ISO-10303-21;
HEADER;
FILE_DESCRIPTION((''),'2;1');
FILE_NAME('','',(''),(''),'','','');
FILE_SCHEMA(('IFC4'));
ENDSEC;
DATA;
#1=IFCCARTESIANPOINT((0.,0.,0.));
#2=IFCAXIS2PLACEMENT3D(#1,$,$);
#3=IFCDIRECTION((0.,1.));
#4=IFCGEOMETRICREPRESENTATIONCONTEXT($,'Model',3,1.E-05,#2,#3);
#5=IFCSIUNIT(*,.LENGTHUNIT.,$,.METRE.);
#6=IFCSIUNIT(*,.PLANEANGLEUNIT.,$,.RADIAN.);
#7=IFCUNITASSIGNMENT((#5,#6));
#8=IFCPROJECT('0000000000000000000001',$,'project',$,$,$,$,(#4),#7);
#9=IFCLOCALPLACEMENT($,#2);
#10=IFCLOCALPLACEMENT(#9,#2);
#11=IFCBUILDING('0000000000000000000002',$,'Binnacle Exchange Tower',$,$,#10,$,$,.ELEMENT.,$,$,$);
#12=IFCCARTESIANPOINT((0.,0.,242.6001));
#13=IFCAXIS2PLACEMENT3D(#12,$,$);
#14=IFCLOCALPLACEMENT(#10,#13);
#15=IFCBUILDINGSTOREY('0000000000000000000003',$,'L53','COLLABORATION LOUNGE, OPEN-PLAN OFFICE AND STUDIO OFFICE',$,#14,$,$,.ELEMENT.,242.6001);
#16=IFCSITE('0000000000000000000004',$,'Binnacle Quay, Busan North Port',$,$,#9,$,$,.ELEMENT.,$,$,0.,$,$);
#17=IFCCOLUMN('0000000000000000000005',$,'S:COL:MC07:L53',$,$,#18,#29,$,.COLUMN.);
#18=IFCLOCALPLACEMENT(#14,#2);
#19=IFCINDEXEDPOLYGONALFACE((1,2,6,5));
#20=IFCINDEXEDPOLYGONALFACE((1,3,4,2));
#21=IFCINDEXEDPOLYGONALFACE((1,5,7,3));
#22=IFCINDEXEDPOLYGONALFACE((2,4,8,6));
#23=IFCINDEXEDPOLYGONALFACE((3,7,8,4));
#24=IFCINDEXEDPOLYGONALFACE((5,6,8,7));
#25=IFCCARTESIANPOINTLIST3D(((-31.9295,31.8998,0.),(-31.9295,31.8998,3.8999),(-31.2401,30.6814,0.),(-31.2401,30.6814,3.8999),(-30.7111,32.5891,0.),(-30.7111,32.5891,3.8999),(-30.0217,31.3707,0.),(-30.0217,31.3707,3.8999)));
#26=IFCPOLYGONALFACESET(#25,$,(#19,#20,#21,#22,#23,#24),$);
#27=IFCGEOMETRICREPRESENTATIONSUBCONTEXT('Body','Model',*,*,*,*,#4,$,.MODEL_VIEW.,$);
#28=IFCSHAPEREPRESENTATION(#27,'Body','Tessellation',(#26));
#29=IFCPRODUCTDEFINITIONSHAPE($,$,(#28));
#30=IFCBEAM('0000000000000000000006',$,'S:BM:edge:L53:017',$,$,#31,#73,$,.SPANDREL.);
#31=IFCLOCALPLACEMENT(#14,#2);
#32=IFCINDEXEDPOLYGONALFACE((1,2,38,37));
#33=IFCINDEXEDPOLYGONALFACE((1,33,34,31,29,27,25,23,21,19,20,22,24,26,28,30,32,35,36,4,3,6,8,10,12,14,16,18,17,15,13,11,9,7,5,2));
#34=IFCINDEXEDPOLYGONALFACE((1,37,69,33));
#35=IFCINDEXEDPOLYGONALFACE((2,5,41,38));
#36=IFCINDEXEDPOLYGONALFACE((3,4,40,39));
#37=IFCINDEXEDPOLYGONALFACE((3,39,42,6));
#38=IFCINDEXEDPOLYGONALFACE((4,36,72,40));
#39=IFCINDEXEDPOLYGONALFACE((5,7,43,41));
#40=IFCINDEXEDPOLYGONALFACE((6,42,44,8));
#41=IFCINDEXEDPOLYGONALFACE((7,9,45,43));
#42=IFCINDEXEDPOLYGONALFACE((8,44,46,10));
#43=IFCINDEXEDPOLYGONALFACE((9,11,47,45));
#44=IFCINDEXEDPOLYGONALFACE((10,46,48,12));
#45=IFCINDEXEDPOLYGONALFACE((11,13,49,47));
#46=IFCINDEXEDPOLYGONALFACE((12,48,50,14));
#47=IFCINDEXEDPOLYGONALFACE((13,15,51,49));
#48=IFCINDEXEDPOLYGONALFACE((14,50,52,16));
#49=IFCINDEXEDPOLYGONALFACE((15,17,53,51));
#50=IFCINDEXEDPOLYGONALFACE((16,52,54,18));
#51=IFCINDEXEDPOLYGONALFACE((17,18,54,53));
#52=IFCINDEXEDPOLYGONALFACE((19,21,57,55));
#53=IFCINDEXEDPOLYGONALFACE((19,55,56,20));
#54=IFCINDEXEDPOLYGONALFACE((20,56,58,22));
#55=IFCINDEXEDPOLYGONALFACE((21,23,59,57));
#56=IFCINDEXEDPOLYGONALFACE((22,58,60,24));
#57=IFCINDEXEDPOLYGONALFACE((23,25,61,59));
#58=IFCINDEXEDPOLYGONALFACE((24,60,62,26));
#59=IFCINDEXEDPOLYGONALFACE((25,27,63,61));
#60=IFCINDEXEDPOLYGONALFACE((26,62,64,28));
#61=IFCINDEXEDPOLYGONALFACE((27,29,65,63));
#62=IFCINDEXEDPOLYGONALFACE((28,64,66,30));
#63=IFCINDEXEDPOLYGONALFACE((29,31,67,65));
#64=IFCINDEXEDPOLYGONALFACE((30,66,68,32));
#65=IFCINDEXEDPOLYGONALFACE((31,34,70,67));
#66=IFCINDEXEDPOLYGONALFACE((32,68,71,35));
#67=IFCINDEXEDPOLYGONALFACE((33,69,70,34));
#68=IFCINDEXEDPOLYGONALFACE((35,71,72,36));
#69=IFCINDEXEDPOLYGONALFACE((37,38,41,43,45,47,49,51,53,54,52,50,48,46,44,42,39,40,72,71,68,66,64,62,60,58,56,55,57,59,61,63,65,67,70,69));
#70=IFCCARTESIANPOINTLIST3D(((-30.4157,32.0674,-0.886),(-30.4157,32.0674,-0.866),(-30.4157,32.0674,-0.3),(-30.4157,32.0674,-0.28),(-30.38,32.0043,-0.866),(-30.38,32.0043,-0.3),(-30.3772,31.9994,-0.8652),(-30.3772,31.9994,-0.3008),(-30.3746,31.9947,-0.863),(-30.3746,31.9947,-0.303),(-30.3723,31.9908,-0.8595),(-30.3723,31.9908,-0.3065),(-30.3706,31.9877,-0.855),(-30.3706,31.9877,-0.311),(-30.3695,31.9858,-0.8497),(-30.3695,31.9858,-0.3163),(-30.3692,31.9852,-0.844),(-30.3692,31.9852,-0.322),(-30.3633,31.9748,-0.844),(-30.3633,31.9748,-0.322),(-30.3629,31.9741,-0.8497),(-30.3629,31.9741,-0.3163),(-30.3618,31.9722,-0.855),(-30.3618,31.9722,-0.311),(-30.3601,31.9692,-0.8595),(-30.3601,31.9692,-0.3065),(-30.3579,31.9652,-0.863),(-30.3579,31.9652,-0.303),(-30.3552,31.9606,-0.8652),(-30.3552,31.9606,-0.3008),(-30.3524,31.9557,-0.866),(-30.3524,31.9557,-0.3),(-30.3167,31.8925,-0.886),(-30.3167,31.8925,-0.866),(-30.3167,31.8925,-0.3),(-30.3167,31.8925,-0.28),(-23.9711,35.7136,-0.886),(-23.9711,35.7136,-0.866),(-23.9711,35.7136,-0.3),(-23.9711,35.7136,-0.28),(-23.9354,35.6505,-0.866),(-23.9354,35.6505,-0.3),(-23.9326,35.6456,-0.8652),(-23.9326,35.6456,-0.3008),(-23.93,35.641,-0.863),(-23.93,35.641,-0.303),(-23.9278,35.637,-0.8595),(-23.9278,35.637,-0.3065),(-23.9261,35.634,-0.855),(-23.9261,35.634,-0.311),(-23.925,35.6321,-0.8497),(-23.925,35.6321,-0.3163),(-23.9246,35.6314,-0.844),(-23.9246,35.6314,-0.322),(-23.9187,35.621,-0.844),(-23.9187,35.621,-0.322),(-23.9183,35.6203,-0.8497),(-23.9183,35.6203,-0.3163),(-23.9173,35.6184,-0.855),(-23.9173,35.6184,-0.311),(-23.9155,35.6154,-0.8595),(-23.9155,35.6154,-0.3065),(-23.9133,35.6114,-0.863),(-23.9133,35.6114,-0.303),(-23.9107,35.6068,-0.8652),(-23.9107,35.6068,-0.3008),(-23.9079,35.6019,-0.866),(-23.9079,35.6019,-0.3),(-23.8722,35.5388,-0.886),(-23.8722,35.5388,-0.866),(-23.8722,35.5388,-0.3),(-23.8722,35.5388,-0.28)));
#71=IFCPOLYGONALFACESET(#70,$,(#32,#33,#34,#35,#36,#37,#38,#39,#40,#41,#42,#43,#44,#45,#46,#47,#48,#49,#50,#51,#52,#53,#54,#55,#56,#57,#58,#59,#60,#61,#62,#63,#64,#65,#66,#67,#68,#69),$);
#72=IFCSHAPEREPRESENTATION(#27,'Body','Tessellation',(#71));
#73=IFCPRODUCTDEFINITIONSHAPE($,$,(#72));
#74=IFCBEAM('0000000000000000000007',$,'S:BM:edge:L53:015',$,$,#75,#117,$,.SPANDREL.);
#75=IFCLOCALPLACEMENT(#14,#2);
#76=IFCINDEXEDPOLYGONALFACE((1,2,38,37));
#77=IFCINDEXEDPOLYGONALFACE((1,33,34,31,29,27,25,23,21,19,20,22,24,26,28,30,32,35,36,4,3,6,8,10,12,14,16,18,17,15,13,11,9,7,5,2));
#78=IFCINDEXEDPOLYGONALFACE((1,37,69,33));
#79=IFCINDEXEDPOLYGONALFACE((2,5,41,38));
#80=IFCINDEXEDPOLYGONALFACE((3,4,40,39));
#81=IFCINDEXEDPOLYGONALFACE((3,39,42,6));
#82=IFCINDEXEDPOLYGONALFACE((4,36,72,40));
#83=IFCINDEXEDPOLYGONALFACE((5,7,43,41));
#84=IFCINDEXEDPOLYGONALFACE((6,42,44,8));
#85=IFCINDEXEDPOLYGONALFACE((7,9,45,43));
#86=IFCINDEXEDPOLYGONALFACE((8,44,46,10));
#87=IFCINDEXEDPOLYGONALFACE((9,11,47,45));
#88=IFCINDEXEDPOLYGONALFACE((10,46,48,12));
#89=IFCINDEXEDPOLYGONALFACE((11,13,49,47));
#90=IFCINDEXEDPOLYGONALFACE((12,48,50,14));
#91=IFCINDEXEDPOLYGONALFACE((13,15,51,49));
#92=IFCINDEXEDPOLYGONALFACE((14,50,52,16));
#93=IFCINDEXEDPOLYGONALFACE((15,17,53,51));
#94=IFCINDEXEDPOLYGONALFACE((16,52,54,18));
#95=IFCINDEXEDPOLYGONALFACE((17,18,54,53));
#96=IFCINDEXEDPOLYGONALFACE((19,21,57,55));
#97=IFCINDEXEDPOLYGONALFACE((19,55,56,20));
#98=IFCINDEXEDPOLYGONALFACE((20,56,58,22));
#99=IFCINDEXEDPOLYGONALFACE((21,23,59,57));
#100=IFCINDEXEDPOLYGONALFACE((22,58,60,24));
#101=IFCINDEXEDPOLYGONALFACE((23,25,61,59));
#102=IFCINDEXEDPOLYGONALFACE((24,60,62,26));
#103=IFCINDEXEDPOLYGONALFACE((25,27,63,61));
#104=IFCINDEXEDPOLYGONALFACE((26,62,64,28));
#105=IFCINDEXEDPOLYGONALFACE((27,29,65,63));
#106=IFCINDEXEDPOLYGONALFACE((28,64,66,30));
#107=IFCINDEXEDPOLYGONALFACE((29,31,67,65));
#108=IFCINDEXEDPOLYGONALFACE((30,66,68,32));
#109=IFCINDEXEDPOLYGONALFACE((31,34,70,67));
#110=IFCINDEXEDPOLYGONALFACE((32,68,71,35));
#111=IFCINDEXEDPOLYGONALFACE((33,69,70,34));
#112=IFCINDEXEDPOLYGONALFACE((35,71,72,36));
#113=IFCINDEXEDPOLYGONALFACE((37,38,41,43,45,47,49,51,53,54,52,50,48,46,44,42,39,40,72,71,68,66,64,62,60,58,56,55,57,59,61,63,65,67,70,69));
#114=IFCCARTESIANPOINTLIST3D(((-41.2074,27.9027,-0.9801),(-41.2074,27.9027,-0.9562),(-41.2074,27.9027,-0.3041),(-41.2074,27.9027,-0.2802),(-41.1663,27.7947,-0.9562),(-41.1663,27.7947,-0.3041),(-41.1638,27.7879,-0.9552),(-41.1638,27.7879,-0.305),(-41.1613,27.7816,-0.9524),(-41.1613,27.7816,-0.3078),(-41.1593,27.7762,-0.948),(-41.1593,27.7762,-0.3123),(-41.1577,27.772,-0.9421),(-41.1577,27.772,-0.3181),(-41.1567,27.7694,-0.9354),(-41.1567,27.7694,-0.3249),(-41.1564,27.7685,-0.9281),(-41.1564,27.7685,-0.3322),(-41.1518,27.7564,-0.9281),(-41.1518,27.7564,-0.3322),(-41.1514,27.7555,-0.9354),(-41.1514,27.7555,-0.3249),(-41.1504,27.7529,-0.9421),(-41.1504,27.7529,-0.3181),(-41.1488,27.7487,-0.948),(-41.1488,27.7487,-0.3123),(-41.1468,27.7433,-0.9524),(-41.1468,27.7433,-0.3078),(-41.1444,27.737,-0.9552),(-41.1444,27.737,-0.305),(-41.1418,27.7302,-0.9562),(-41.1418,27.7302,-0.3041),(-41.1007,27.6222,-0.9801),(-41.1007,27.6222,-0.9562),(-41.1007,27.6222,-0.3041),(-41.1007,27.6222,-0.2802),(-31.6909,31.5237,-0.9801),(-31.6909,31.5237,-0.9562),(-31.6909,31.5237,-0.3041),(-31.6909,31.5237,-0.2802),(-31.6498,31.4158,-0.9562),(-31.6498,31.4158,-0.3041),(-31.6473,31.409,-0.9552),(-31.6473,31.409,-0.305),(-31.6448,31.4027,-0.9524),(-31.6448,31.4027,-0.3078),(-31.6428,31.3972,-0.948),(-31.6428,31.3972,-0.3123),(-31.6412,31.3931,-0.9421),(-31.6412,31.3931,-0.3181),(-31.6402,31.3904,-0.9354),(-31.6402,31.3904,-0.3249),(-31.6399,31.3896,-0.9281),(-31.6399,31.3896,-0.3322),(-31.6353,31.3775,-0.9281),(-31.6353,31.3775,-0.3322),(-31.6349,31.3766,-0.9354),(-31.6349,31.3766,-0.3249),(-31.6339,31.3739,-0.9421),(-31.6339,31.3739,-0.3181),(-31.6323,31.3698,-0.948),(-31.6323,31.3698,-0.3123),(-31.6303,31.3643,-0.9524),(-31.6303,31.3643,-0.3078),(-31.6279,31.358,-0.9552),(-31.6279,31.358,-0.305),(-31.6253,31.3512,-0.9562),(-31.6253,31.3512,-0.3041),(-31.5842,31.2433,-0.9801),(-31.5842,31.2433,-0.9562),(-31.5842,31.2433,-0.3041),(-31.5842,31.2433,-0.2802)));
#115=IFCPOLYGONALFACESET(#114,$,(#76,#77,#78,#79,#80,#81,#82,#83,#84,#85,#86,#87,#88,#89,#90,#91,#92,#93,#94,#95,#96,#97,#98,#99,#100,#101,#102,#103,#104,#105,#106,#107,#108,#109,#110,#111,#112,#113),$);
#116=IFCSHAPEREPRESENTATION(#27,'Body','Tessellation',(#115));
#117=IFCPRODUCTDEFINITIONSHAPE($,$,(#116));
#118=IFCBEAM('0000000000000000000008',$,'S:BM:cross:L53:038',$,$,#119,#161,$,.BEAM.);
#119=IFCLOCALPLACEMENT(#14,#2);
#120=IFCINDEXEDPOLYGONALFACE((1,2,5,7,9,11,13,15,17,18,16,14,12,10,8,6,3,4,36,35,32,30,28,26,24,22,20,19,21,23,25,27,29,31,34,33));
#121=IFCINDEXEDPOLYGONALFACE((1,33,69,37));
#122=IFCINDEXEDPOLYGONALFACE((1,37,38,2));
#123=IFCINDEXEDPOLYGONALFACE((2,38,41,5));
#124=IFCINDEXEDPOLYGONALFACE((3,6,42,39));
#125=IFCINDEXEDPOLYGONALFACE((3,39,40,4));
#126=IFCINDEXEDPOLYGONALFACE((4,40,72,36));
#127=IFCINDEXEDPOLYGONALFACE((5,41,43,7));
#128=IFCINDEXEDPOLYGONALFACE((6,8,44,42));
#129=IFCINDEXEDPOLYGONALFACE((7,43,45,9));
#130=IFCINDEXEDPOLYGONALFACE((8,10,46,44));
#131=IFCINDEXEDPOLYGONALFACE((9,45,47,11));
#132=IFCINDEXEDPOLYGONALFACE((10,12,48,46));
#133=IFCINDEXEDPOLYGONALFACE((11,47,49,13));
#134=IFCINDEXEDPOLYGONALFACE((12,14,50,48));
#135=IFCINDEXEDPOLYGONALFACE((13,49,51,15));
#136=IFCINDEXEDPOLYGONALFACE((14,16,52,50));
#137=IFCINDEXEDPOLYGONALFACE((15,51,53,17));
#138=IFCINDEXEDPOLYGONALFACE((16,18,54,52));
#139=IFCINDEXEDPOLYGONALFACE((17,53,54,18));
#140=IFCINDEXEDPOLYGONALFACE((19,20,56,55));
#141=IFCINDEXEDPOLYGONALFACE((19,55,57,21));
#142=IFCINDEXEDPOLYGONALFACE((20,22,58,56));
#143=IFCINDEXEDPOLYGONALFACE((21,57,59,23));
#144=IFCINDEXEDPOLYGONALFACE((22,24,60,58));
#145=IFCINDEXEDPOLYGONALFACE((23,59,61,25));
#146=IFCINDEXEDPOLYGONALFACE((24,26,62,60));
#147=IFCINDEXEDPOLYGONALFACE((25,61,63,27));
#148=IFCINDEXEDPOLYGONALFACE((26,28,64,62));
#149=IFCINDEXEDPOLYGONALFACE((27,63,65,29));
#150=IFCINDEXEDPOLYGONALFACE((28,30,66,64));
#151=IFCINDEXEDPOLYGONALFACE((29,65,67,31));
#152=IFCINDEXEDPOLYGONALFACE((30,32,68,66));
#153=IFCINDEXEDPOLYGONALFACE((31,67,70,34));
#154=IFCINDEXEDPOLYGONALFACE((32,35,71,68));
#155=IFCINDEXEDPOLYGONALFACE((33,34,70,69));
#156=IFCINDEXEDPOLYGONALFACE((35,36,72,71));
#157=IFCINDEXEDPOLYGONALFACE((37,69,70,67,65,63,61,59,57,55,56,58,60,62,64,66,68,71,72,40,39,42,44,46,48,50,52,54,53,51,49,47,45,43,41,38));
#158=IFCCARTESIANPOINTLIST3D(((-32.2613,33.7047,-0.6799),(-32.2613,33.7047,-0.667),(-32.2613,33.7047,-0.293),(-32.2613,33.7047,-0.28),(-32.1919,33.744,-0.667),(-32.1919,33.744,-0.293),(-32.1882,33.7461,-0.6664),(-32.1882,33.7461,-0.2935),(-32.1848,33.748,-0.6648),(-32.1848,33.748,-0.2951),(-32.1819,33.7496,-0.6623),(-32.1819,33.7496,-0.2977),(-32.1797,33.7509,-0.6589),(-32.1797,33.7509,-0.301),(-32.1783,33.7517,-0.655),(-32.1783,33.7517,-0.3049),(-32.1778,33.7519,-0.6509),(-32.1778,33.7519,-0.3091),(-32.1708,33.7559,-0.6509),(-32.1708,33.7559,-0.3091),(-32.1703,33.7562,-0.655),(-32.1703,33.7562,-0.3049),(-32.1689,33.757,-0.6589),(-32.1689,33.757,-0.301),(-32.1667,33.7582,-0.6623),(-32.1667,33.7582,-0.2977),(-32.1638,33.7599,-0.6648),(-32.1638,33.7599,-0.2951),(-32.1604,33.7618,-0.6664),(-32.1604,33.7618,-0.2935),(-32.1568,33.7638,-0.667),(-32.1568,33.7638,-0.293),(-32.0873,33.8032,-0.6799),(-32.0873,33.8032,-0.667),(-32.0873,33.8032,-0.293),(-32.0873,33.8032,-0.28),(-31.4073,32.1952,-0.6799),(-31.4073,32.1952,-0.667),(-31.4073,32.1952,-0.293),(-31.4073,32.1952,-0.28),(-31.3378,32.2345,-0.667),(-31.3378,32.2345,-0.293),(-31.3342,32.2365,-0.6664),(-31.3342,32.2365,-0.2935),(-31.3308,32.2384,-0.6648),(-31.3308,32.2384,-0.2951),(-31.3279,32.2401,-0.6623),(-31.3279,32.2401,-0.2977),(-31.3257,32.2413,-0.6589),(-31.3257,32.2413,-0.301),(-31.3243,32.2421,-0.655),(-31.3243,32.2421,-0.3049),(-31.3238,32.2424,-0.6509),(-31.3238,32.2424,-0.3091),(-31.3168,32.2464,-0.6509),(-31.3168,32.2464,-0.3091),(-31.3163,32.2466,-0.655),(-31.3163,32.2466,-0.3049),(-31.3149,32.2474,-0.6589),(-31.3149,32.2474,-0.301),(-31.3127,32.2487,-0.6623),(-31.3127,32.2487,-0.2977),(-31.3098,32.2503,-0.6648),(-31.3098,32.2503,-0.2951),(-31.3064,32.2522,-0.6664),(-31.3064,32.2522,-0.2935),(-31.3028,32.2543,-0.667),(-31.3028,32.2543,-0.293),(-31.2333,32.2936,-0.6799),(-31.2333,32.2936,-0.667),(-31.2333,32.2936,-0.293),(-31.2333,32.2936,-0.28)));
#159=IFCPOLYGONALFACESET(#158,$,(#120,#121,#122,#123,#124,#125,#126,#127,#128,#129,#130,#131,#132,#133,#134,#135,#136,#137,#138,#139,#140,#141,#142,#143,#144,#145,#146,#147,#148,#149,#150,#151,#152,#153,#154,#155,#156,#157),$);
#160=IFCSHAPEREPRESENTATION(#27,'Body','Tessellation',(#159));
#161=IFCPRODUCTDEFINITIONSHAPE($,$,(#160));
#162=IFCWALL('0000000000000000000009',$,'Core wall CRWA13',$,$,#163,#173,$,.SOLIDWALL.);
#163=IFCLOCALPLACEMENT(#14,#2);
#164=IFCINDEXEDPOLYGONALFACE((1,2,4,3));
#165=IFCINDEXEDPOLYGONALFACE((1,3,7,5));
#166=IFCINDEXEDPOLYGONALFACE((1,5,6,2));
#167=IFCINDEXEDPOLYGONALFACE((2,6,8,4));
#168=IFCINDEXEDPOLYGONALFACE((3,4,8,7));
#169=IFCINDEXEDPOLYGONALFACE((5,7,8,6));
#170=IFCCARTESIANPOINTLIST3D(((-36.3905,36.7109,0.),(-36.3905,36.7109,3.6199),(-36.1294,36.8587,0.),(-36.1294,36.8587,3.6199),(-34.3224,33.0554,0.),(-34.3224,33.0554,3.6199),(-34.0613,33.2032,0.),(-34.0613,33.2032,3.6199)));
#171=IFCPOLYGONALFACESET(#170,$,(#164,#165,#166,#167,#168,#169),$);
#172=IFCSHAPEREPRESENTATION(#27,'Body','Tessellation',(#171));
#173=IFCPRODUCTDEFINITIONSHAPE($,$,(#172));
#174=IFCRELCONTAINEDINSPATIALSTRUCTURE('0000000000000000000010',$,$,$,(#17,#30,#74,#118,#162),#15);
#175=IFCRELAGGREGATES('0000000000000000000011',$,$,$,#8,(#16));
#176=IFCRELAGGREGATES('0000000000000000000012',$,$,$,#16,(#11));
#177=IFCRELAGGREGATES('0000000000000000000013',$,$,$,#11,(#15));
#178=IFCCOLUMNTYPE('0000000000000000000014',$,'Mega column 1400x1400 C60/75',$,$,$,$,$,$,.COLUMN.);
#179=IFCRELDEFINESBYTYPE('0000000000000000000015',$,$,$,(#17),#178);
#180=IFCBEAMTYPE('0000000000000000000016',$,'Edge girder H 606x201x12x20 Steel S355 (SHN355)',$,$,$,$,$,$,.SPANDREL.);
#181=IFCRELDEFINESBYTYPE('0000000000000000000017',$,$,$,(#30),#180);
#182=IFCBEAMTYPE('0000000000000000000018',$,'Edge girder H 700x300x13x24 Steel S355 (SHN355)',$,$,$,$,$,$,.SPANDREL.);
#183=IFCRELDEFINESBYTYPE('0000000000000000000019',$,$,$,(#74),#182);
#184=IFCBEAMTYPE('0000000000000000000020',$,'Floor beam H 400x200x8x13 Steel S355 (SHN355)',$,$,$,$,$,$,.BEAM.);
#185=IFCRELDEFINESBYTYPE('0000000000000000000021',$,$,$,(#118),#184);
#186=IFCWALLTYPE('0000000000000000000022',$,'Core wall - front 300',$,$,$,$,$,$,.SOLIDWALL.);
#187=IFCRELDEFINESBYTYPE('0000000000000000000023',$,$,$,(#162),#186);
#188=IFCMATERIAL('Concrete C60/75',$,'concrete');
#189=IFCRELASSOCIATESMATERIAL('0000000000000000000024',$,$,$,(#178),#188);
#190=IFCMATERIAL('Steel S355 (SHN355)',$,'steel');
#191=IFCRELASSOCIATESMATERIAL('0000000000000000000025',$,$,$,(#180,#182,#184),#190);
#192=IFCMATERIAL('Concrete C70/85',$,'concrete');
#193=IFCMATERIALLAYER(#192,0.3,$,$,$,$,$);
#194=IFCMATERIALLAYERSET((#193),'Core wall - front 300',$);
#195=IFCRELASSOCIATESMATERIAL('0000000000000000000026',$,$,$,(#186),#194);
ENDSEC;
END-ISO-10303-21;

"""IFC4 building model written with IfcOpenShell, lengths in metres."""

from ifc_helpers import new_model, si_unit, direction, frame, frame_2d, origin, origin_2d, place, context, subcontext, project, spatial, rectangle, i_section, extrude, material, layer, layer_set, material_profile, profile_set, type_object, element, save


model = new_model("IFC4")

# Units and contexts
model_context = context("Model", 3, precision=1e-05, world=origin(), true_north=direction((0.0, 1.0)))
body_context = subcontext(model_context, "Body", "Model", "MODEL_VIEW")
ifc_project = project(units=[si_unit("LENGTHUNIT", "METRE"), si_unit("PLANEANGLEUNIT", "RADIAN")], contexts=[model_context])

# Site, building, storey
site_placement = place(None, origin())
site = spatial("IfcSite", under=ifc_project, at=site_placement, Name="Binnacle Quay, Busan North Port", CompositionType="ELEMENT", RefElevation=0.0)
building_placement = place(site_placement, origin())
building = spatial("IfcBuilding", under=site, at=building_placement, Name="Binnacle Exchange Tower", CompositionType="ELEMENT")
storey_placement = place(building_placement, frame((0.0, 0.0, 242.6001)))
storey = spatial("IfcBuildingStorey", under=building, at=storey_placement, Name="L53", Description="COLLABORATION LOUNGE, OPEN-PLAN OFFICE AND STUDIO OFFICE", CompositionType="ELEMENT", Elevation=242.6001)

# Column
ifc_material_1 = material(Name="Concrete C60/75", Category="concrete")
ifc_material_profile_1 = material_profile(ifc_material_1, rectangle(XDim=1.3999, YDim=1.3999, at=origin_2d()), Name="Mega column 1400x1400 C60/75")
ifc_profile_set_1 = profile_set([ifc_material_profile_1], Name="Concrete C60/75")
column_type = type_object("IfcColumnType", Name="Mega column 1400x1400 C60/75", PredefinedType="COLUMN", material=ifc_profile_set_1)
column_placement = place(storey_placement, frame((-30.9756, 31.6353, 0.0), z_axis=(0.0, 0.0, 1.0), x_axis=(0.870356, 0.492424, 0.0)))
element("IfcColumn", 1, at=column_placement, inside=storey, type_object=column_type, Name="S:COL:MC07:L53", PredefinedType="COLUMN", context=body_context, shape_type="SweptSolid", body=[
    extrude(rectangle(XDim=1.3999, YDim=1.3999, at=origin_2d()), origin(), (0.0, 0.0, 1.0), 3.8999),
])

# Beams
ifc_material_2 = material(Name="Steel S355 (SHN355)", Category="steel")
ifc_material_profile_2 = material_profile(ifc_material_2, i_section(OverallWidth=0.2009, OverallDepth=0.606, WebThickness=0.012, FlangeThickness=0.02, FilletRadius=0.022, at=origin_2d()), Name="H 606x201x12x20")
ifc_profile_set_2 = profile_set([ifc_material_profile_2], Name="Steel S355 (SHN355)")
beam_type_1 = type_object("IfcBeamType", Name="Edge girder H 606x201x12x20 Steel S355 (SHN355)", PredefinedType="SPANDREL", material=ifc_profile_set_2)
beam_1_placement = place(storey_placement, frame((-30.3662, 31.98, -0.583), z_axis=(0.870352, 0.492431, 0.0), x_axis=(-0.492431, 0.870352, 0.0)))
element("IfcBeam", 2, at=beam_1_placement, inside=storey, type_object=beam_type_1, Name="S:BM:edge:L53:017", PredefinedType="SPANDREL", context=body_context, shape_type="SweptSolid", body=[
    extrude(i_section(OverallWidth=0.2009, OverallDepth=0.606, WebThickness=0.012, FlangeThickness=0.02, FilletRadius=0.022, at=origin_2d()), origin(), (0.0, 0.0, 1.0), 7.4045),
])
ifc_material_profile_3 = material_profile(ifc_material_2, i_section(OverallWidth=0.3, OverallDepth=0.7, WebThickness=0.0129, FlangeThickness=0.0239, FilletRadius=0.0281, at=origin_2d()), Name="H 700x300x13x24")
ifc_profile_set_3 = profile_set([ifc_material_profile_3], Name="Steel S355 (SHN355)")
beam_type_2 = type_object("IfcBeamType", Name="Edge girder H 700x300x13x24 Steel S355 (SHN355)", PredefinedType="SPANDREL", material=ifc_profile_set_3)
beam_2_placement = place(storey_placement, frame((-41.1541, 27.7625, -0.6301), z_axis=(0.934627, 0.355628, 0.0), x_axis=(-0.355628, 0.934627, 0.0)))
element("IfcBeam", 3, at=beam_2_placement, inside=storey, type_object=beam_type_2, Name="S:BM:edge:L53:015", PredefinedType="SPANDREL", context=body_context, shape_type="SweptSolid", body=[
    extrude(i_section(OverallWidth=0.3, OverallDepth=0.7, WebThickness=0.0129, FlangeThickness=0.0239, FilletRadius=0.0281, at=origin_2d()), origin(), (0.0, 0.0, 1.0), 10.1821),
])
ifc_material_profile_4 = material_profile(ifc_material_2, i_section(OverallWidth=0.2, OverallDepth=0.3999, WebThickness=0.0081, FlangeThickness=0.0129, FilletRadius=0.0161, at=origin_2d()), Name="H 400x200x8x13")
ifc_profile_set_4 = profile_set([ifc_material_profile_4], Name="Steel S355 (SHN355)")
beam_type_3 = type_object("IfcBeamType", Name="Floor beam H 400x200x8x13 Steel S355 (SHN355)", PredefinedType="BEAM", material=ifc_profile_set_4)
beam_3_placement = place(storey_placement, frame((-31.3203, 32.2444, -0.48), z_axis=(-0.492405, 0.870366, 0.0), x_axis=(-0.870366, -0.492405, 0.0)))
element("IfcBeam", 4, at=beam_3_placement, inside=storey, type_object=beam_type_3, Name="S:BM:cross:L53:038", PredefinedType="BEAM", context=body_context, shape_type="SweptSolid", body=[
    extrude(i_section(OverallWidth=0.2, OverallDepth=0.3999, WebThickness=0.0081, FlangeThickness=0.0129, FilletRadius=0.0161, at=origin_2d()), origin(), (0.0, 0.0, 1.0), 1.7344),
])

# Wall
ifc_material_3 = material(Name="Concrete C70/85", Category="concrete")
ifc_layer_1 = layer(ifc_material_3, 0.3)
ifc_layer_set_1 = layer_set([ifc_layer_1], Name="Core wall - front 300")
wall_type_1 = type_object("IfcWallType", Name="Core wall - front 300", PredefinedType="SOLIDWALL", material=ifc_layer_set_1)
wall_1_placement = place(storey_placement, frame((-36.26, 36.7849, 0.0), z_axis=(0.0, 0.0, 1.0), x_axis=(0.49241, -0.870364, 0.0)))
element("IfcWall", 5, at=wall_1_placement, inside=storey, type_object=wall_type_1, Name="Core wall CRWA13", PredefinedType="SOLIDWALL", context=body_context, shape_type="SweptSolid", body=[
    extrude(rectangle(XDim=4.2, YDim=0.3, at=frame_2d((2.1001, 0.0))), origin(), (0.0, 0.0, 1.0), 3.6199),
])

save(model, "model.ifc")
